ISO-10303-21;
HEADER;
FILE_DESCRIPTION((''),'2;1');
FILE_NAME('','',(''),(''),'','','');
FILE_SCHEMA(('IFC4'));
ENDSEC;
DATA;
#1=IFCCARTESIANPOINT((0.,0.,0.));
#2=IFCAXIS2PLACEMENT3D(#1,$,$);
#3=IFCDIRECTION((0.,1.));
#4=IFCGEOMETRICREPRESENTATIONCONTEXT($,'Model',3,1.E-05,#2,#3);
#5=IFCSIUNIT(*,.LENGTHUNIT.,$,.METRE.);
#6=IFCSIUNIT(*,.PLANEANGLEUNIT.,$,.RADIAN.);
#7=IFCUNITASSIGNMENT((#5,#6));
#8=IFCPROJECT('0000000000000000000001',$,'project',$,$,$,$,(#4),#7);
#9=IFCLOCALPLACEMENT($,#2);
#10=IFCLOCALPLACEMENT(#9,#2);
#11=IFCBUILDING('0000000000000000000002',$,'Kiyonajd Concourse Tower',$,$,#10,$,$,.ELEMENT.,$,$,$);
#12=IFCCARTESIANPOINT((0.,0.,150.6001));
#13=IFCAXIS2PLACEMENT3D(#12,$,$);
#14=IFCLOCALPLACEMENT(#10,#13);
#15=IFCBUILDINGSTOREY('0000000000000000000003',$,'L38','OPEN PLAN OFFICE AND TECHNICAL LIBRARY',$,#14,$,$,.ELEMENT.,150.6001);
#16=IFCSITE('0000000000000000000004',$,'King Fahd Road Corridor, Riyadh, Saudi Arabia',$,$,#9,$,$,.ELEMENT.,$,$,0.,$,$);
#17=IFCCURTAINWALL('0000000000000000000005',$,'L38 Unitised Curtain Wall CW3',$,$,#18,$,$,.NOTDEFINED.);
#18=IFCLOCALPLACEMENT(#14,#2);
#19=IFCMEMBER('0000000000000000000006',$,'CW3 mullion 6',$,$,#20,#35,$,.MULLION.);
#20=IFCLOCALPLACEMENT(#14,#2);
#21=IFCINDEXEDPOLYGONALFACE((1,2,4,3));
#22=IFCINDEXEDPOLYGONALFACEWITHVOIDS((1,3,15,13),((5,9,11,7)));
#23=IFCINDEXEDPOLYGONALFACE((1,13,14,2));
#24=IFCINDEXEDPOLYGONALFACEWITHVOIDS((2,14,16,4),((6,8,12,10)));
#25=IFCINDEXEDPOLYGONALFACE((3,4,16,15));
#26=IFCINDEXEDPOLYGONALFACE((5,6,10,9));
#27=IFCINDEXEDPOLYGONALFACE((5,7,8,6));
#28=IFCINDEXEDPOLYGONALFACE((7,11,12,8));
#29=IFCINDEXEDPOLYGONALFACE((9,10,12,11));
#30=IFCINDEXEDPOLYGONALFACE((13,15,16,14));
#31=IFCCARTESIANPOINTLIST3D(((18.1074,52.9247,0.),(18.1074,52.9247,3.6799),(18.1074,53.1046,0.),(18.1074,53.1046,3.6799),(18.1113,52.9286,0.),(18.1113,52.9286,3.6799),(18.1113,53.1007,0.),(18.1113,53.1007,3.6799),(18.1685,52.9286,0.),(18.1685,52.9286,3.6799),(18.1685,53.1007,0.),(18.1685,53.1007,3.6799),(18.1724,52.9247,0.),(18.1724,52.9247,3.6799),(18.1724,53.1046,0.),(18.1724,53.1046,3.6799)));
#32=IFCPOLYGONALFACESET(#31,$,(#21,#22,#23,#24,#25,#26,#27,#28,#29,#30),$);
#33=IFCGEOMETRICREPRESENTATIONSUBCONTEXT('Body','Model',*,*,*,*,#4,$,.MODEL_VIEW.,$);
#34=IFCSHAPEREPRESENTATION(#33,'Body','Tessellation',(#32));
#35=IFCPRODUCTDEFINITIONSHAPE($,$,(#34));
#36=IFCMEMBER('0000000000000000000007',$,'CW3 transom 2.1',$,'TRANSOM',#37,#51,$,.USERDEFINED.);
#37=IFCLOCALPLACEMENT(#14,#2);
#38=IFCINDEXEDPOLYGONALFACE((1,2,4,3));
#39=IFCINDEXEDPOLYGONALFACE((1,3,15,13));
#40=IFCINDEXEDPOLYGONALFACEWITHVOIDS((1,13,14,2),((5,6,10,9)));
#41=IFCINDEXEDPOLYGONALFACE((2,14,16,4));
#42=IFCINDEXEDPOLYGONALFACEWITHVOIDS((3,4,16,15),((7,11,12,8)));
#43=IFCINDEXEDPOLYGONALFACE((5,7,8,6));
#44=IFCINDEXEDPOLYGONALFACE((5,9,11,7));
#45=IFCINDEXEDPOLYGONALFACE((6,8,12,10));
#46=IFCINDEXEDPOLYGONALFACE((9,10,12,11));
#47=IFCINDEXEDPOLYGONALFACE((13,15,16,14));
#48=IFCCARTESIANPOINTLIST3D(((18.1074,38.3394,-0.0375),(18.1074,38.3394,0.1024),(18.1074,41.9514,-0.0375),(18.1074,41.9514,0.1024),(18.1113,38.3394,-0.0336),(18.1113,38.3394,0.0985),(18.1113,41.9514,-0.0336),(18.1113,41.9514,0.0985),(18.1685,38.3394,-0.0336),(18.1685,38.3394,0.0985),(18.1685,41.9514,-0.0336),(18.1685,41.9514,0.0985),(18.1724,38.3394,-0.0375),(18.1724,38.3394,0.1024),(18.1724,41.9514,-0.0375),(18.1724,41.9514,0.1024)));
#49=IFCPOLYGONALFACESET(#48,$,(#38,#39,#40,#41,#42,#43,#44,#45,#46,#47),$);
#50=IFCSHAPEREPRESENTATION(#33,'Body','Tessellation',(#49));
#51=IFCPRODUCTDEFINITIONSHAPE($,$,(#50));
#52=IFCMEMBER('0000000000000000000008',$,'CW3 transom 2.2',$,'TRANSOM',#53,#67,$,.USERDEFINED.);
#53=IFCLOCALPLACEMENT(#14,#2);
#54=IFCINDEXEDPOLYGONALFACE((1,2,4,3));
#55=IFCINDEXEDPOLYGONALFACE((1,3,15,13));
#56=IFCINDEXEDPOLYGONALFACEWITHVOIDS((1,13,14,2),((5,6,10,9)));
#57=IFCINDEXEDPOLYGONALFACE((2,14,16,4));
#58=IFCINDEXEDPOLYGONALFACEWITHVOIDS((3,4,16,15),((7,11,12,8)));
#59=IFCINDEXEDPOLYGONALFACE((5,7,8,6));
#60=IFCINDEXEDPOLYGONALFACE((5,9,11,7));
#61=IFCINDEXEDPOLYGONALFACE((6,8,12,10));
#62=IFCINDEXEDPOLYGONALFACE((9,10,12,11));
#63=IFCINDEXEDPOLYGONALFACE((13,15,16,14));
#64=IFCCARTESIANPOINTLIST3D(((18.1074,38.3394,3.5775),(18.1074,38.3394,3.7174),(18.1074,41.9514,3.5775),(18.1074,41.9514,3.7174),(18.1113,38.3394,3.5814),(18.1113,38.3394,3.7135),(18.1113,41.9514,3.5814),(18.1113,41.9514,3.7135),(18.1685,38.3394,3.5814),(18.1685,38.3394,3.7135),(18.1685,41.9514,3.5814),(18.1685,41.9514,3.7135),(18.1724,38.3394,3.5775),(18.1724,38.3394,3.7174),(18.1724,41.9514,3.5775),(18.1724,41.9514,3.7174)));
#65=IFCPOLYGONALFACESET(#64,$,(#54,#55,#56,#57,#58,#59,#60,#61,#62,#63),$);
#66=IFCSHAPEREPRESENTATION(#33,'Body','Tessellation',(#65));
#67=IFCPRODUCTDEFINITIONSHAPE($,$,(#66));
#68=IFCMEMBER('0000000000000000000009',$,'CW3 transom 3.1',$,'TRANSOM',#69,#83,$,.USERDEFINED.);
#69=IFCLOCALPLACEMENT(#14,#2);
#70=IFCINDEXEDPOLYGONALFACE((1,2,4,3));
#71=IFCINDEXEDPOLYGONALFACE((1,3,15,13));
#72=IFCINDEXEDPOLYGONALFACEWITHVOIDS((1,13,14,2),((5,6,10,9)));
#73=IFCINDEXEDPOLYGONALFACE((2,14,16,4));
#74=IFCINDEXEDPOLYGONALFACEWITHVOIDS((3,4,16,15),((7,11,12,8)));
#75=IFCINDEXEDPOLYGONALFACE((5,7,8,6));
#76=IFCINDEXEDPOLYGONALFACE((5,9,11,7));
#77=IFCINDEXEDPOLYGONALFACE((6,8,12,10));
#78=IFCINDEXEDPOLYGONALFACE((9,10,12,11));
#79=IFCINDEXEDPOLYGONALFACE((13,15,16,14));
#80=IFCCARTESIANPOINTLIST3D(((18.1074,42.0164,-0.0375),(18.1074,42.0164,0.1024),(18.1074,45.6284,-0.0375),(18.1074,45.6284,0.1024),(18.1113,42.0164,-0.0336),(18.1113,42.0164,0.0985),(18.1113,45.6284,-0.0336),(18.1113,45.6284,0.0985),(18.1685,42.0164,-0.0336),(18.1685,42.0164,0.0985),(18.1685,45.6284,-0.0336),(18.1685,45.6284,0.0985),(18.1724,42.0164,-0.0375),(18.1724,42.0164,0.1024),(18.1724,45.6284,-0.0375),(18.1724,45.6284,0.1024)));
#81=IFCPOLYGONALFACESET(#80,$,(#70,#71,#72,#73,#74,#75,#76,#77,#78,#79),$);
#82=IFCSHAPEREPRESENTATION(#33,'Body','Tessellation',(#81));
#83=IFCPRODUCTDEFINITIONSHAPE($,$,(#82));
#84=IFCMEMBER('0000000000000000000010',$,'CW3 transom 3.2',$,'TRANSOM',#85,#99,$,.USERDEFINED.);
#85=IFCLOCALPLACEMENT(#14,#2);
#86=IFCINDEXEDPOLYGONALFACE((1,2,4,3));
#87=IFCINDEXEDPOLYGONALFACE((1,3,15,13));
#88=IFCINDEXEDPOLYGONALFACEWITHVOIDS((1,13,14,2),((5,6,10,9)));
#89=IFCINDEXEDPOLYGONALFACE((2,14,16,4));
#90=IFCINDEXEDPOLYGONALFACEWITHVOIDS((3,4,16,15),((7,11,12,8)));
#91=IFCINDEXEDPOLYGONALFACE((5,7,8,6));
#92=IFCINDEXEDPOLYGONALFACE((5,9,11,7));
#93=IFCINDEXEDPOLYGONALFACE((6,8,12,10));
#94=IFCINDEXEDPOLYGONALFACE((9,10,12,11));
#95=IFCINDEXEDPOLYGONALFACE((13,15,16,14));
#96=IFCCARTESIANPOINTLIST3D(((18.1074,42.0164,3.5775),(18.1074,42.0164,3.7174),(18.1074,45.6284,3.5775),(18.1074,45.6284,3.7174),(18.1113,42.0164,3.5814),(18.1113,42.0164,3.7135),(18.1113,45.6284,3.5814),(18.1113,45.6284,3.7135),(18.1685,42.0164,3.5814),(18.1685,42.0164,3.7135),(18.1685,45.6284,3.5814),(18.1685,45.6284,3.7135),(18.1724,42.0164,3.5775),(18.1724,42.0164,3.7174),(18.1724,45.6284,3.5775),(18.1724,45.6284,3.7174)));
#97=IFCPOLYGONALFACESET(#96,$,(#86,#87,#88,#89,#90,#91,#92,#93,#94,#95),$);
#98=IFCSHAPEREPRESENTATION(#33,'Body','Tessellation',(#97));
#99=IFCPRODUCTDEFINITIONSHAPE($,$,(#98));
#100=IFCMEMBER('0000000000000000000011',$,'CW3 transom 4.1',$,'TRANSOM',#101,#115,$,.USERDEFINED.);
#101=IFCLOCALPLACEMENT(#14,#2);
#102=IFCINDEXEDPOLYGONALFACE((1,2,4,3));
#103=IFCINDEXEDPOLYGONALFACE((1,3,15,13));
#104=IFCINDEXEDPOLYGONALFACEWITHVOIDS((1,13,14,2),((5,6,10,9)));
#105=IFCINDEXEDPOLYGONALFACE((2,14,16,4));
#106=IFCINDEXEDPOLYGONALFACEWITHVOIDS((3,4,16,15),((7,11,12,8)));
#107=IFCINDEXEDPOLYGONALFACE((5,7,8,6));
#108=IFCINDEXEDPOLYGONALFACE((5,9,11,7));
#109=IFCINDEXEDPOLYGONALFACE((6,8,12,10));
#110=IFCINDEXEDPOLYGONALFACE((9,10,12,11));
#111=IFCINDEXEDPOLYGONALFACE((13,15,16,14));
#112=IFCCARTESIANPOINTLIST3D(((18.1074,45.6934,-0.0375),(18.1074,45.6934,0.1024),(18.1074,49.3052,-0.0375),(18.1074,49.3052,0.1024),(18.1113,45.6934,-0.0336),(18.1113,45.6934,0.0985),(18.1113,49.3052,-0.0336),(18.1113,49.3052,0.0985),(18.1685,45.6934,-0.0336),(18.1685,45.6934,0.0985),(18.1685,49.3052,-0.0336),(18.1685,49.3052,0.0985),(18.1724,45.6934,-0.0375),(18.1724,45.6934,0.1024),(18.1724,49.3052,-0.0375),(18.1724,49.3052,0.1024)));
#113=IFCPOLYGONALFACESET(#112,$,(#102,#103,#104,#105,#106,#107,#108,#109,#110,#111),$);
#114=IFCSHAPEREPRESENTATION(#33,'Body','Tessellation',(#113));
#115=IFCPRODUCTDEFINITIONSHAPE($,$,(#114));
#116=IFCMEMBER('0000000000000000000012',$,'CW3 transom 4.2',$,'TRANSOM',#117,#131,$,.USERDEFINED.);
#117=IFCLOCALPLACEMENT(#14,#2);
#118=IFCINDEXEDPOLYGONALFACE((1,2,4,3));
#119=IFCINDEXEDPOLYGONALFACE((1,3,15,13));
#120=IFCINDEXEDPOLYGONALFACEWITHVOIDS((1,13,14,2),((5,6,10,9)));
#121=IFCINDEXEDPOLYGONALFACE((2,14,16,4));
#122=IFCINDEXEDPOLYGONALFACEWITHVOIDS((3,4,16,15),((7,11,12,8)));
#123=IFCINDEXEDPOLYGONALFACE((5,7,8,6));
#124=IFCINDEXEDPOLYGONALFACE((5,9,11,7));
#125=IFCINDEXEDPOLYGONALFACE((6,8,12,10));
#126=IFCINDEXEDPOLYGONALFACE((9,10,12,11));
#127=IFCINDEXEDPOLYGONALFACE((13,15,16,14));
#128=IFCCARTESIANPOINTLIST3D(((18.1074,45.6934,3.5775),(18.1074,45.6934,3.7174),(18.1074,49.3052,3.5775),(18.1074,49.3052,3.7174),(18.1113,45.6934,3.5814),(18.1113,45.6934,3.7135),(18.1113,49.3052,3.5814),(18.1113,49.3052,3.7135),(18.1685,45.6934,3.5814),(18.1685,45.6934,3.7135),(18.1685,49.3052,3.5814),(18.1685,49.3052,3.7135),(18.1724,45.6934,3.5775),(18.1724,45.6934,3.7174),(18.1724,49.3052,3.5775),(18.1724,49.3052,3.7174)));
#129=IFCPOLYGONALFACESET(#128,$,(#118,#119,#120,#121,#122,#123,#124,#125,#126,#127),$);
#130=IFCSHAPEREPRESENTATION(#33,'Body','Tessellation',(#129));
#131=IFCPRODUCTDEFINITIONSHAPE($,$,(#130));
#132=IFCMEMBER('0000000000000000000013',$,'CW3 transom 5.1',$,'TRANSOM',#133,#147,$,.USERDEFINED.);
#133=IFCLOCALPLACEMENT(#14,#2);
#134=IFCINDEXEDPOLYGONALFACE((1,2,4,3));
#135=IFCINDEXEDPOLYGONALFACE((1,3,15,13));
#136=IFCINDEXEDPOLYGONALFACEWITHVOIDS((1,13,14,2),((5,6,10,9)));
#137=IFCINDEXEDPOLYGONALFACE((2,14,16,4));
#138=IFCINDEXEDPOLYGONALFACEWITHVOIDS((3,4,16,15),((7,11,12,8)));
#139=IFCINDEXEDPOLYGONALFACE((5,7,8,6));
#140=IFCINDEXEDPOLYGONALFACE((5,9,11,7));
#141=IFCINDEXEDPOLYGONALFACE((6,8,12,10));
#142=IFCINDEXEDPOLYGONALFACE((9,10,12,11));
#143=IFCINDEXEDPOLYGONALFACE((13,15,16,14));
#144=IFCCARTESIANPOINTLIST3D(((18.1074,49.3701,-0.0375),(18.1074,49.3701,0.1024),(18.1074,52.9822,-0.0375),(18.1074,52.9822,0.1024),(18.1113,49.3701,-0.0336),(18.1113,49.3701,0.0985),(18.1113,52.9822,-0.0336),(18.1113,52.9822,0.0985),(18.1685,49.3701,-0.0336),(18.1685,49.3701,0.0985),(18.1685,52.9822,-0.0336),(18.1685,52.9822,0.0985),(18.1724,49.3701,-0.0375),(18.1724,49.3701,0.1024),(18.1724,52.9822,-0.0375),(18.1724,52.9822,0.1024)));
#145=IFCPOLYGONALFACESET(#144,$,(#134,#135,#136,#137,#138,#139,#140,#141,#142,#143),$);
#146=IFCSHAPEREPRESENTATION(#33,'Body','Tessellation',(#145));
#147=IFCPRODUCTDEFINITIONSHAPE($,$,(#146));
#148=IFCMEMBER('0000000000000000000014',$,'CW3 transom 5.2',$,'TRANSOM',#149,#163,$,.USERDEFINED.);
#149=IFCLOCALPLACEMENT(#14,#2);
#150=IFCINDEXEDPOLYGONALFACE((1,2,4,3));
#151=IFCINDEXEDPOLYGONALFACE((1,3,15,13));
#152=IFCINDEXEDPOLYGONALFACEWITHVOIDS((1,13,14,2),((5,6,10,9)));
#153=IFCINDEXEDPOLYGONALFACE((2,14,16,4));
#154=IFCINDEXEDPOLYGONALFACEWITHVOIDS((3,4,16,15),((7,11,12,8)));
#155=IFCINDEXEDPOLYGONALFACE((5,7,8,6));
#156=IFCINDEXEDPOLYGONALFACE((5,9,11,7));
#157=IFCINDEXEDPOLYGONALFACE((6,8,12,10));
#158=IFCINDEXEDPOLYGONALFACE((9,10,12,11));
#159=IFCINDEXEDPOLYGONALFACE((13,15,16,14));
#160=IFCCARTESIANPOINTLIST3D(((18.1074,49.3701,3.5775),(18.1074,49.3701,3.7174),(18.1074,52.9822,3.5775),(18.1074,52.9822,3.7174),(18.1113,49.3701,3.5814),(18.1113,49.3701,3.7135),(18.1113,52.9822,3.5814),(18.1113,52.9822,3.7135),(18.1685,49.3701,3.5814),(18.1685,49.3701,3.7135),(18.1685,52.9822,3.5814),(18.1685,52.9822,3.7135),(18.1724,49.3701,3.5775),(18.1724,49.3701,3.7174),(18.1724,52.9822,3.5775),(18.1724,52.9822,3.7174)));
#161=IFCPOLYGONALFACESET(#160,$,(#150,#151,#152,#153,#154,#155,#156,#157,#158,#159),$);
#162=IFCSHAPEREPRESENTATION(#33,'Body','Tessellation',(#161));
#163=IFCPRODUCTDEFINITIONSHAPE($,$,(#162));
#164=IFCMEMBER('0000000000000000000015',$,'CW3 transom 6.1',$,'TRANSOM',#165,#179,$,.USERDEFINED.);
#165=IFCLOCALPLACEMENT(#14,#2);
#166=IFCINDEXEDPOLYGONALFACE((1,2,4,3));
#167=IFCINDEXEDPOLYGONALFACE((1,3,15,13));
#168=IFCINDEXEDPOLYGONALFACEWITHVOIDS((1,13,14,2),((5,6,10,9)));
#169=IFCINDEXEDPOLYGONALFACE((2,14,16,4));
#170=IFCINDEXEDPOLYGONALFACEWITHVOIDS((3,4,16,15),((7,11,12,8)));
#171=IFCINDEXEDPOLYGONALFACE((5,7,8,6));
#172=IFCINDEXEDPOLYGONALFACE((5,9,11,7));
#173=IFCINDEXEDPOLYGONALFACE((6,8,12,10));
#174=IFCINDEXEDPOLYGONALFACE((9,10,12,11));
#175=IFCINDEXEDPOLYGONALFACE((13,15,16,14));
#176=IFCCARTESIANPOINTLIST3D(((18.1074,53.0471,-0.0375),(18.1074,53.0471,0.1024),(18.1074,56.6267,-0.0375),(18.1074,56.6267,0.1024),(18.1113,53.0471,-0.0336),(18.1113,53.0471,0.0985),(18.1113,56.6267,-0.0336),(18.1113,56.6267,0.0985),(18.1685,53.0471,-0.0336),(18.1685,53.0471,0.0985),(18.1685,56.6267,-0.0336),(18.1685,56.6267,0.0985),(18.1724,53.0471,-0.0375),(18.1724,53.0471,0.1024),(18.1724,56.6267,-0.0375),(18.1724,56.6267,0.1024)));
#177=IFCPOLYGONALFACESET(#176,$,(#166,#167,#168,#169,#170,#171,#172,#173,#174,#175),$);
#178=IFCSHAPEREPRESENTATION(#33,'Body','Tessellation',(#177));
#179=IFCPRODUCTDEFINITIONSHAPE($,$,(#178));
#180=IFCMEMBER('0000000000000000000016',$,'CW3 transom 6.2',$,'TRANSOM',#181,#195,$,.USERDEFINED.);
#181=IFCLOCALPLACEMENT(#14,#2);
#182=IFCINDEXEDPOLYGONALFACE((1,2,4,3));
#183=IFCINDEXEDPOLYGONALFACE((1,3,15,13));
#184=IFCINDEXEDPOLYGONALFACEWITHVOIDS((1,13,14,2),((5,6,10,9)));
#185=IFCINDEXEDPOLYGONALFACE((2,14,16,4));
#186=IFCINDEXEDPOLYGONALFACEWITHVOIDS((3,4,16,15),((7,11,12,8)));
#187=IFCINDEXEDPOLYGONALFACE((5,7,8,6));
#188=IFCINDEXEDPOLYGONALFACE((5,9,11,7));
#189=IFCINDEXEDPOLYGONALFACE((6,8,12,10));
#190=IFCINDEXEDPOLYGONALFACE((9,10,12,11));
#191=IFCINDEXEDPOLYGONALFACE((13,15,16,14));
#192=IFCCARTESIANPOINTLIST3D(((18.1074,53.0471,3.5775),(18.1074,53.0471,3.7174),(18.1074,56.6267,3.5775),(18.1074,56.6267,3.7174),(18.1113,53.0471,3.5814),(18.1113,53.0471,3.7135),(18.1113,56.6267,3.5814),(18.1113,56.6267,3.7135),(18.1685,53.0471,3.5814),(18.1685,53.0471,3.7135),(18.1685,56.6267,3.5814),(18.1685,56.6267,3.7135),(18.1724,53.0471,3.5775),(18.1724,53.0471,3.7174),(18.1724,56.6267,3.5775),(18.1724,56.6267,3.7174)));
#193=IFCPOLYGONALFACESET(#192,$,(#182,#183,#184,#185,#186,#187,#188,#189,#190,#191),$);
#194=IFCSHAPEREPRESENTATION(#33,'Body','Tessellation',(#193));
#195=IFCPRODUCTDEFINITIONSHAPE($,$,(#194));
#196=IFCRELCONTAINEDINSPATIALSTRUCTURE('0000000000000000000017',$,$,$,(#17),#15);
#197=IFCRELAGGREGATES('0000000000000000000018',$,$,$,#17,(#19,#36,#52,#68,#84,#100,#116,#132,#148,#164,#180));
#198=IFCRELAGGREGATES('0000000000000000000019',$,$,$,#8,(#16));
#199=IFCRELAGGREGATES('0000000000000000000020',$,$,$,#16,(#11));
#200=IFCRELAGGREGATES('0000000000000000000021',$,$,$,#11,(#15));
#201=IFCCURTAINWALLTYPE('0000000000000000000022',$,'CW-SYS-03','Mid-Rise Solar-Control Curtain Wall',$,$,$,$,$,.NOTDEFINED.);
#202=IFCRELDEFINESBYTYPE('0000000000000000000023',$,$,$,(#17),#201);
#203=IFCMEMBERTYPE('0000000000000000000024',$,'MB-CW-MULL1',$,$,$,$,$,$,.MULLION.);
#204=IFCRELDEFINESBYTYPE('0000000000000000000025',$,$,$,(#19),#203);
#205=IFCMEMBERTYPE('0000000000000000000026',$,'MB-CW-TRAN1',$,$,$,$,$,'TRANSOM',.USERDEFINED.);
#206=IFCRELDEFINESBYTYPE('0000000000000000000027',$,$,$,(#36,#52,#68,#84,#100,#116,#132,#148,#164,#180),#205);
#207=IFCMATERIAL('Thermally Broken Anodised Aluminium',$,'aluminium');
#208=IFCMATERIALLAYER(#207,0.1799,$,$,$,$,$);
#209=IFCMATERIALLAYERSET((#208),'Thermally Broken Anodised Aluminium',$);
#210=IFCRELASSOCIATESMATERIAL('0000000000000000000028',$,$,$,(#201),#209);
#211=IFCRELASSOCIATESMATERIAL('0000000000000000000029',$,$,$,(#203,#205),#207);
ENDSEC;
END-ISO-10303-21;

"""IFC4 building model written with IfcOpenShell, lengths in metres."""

from ifc_helpers import new_model, si_unit, direction, frame, origin, origin_2d, place, context, subcontext, project, spatial, hollow_rectangle, extrude, material, layer, layer_set, material_profile, profile_set, type_object, element, aggregate, save


model = new_model("IFC4")

# Units and contexts
model_context = context("Model", 3, precision=1e-05, world=origin(), true_north=direction((0.0, 1.0)))
body_context = subcontext(model_context, "Body", "Model", "MODEL_VIEW")
ifc_project = project(units=[si_unit("LENGTHUNIT", "METRE"), si_unit("PLANEANGLEUNIT", "RADIAN")], contexts=[model_context])

# Site, building, storey
site_placement = place(None, origin())
site = spatial("IfcSite", under=ifc_project, at=site_placement, Name="King Fahd Road Corridor, Riyadh, Saudi Arabia", CompositionType="ELEMENT", RefElevation=0.0)
building_placement = place(site_placement, origin())
building = spatial("IfcBuilding", under=site, at=building_placement, Name="Kiyonajd Concourse Tower", CompositionType="ELEMENT")
storey_placement = place(building_placement, frame((0.0, 0.0, 150.6001)))
storey = spatial("IfcBuildingStorey", under=building, at=storey_placement, Name="L38", Description="OPEN PLAN OFFICE AND TECHNICAL LIBRARY", CompositionType="ELEMENT", Elevation=150.6001)

# Curtain wall, members
ifc_material_1 = material(Name="Thermally Broken Anodised Aluminium", Category="aluminium")
ifc_layer_1 = layer(ifc_material_1, 0.1799)
ifc_layer_set_1 = layer_set([ifc_layer_1], Name="Thermally Broken Anodised Aluminium")
curtain_wall_type = type_object("IfcCurtainWallType", Name="CW-SYS-03", Description="Mid-Rise Solar-Control Curtain Wall", PredefinedType="NOTDEFINED", material=ifc_layer_set_1)
curtain_wall_placement = place(storey_placement, origin())
curtain_wall = element("IfcCurtainWall", 1, at=curtain_wall_placement, inside=storey, type_object=curtain_wall_type, Name="L38 Unitised Curtain Wall CW3", PredefinedType="NOTDEFINED")
ifc_material_profile_1 = material_profile(ifc_material_1, hollow_rectangle(XDim=0.0649, YDim=0.1799, WallThickness=0.0039, at=origin_2d()), Name="MULL-65x180")
ifc_profile_set_1 = profile_set([ifc_material_profile_1], Name="Thermally Broken Anodised Aluminium")
member_type_1 = type_object("IfcMemberType", Name="MB-CW-MULL1", PredefinedType="MULLION", material=ifc_profile_set_1)
member_1_placement = place(storey_placement, frame((18.1399, 53.0146, 0.0), z_axis=(0.0, 0.0, 1.0), x_axis=(-1.0, 0.0, 0.0)))
member_1 = element("IfcMember", 2, at=member_1_placement, type_object=member_type_1, Name="CW3 mullion 6", PredefinedType="MULLION", context=body_context, shape_type="SweptSolid", body=[
    extrude(hollow_rectangle(XDim=0.0649, YDim=0.1799, WallThickness=0.0039, at=origin_2d()), origin(), (0.0, 0.0, 1.0), 3.6799),
])
ifc_material_profile_2 = material_profile(ifc_material_1, hollow_rectangle(XDim=0.0649, YDim=0.1399, WallThickness=0.0039, at=origin_2d()), Name="TRAN-65x140")
ifc_profile_set_2 = profile_set([ifc_material_profile_2], Name="Thermally Broken Anodised Aluminium")
member_type_2 = type_object("IfcMemberType", Name="MB-CW-TRAN1", ElementType="TRANSOM", PredefinedType="USERDEFINED", material=ifc_profile_set_2)
member_2_placement = place(storey_placement, frame((18.1399, 38.3394, 0.0325), z_axis=(0.0, 1.0, 0.0), x_axis=(-1.0, 0.0, 0.0)))
member_2 = element("IfcMember", 3, at=member_2_placement, type_object=member_type_2, Name="CW3 transom 2.1", ObjectType="TRANSOM", PredefinedType="USERDEFINED", context=body_context, shape_type="SweptSolid", body=[
    extrude(hollow_rectangle(XDim=0.0649, YDim=0.1399, WallThickness=0.0039, at=origin_2d()), origin(), (0.0, 0.0, 1.0), 3.6121),
])
member_3_placement = place(storey_placement, frame((18.1399, 38.3394, 3.6475), z_axis=(0.0, 1.0, 0.0), x_axis=(-1.0, 0.0, 0.0)))
member_3 = element("IfcMember", 4, at=member_3_placement, type_object=member_type_2, Name="CW3 transom 2.2", ObjectType="TRANSOM", PredefinedType="USERDEFINED", context=body_context, shape_type="SweptSolid", body=[
    extrude(hollow_rectangle(XDim=0.0649, YDim=0.1399, WallThickness=0.0039, at=origin_2d()), origin(), (0.0, 0.0, 1.0), 3.6121),
])
member_4_placement = place(storey_placement, frame((18.1399, 42.0164, 0.0325), z_axis=(0.0, 1.0, 0.0), x_axis=(-1.0, 0.0, 0.0)))
member_4 = element("IfcMember", 5, at=member_4_placement, type_object=member_type_2, Name="CW3 transom 3.1", ObjectType="TRANSOM", PredefinedType="USERDEFINED", context=body_context, shape_type="SweptSolid", body=[
    extrude(hollow_rectangle(XDim=0.0649, YDim=0.1399, WallThickness=0.0039, at=origin_2d()), origin(), (0.0, 0.0, 1.0), 3.6121),
])
member_5_placement = place(storey_placement, frame((18.1399, 42.0164, 3.6475), z_axis=(0.0, 1.0, 0.0), x_axis=(-1.0, 0.0, 0.0)))
member_5 = element("IfcMember", 6, at=member_5_placement, type_object=member_type_2, Name="CW3 transom 3.2", ObjectType="TRANSOM", PredefinedType="USERDEFINED", context=body_context, shape_type="SweptSolid", body=[
    extrude(hollow_rectangle(XDim=0.0649, YDim=0.1399, WallThickness=0.0039, at=origin_2d()), origin(), (0.0, 0.0, 1.0), 3.6121),
])
member_6_placement = place(storey_placement, frame((18.1399, 45.6934, 0.0325), z_axis=(0.0, 1.0, 0.0), x_axis=(-1.0, 0.0, 0.0)))
member_6 = element("IfcMember", 7, at=member_6_placement, type_object=member_type_2, Name="CW3 transom 4.1", ObjectType="TRANSOM", PredefinedType="USERDEFINED", context=body_context, shape_type="SweptSolid", body=[
    extrude(hollow_rectangle(XDim=0.0649, YDim=0.1399, WallThickness=0.0039, at=origin_2d()), origin(), (0.0, 0.0, 1.0), 3.6118),
])
member_7_placement = place(storey_placement, frame((18.1399, 45.6934, 3.6475), z_axis=(0.0, 1.0, 0.0), x_axis=(-1.0, 0.0, 0.0)))
member_7 = element("IfcMember", 8, at=member_7_placement, type_object=member_type_2, Name="CW3 transom 4.2", ObjectType="TRANSOM", PredefinedType="USERDEFINED", context=body_context, shape_type="SweptSolid", body=[
    extrude(hollow_rectangle(XDim=0.0649, YDim=0.1399, WallThickness=0.0039, at=origin_2d()), origin(), (0.0, 0.0, 1.0), 3.6118),
])
member_8_placement = place(storey_placement, frame((18.1399, 49.3701, 0.0325), z_axis=(0.0, 1.0, 0.0), x_axis=(-1.0, 0.0, 0.0)))
member_8 = element("IfcMember", 9, at=member_8_placement, type_object=member_type_2, Name="CW3 transom 5.1", ObjectType="TRANSOM", PredefinedType="USERDEFINED", context=body_context, shape_type="SweptSolid", body=[
    extrude(hollow_rectangle(XDim=0.0649, YDim=0.1399, WallThickness=0.0039, at=origin_2d()), origin(), (0.0, 0.0, 1.0), 3.6121),
])
member_9_placement = place(storey_placement, frame((18.1399, 49.3701, 3.6475), z_axis=(0.0, 1.0, 0.0), x_axis=(-1.0, 0.0, 0.0)))
member_9 = element("IfcMember", 10, at=member_9_placement, type_object=member_type_2, Name="CW3 transom 5.2", ObjectType="TRANSOM", PredefinedType="USERDEFINED", context=body_context, shape_type="SweptSolid", body=[
    extrude(hollow_rectangle(XDim=0.0649, YDim=0.1399, WallThickness=0.0039, at=origin_2d()), origin(), (0.0, 0.0, 1.0), 3.6121),
])
member_10_placement = place(storey_placement, frame((18.1399, 53.0471, 0.0325), z_axis=(0.0, 1.0, 0.0), x_axis=(-1.0, 0.0, 0.0)))
member_10 = element("IfcMember", 11, at=member_10_placement, type_object=member_type_2, Name="CW3 transom 6.1", ObjectType="TRANSOM", PredefinedType="USERDEFINED", context=body_context, shape_type="SweptSolid", body=[
    extrude(hollow_rectangle(XDim=0.0649, YDim=0.1399, WallThickness=0.0039, at=origin_2d()), origin(), (0.0, 0.0, 1.0), 3.5796),
])
member_11_placement = place(storey_placement, frame((18.1399, 53.0471, 3.6475), z_axis=(0.0, 1.0, 0.0), x_axis=(-1.0, 0.0, 0.0)))
member_11 = element("IfcMember", 12, at=member_11_placement, type_object=member_type_2, Name="CW3 transom 6.2", ObjectType="TRANSOM", PredefinedType="USERDEFINED", context=body_context, shape_type="SweptSolid", body=[
    extrude(hollow_rectangle(XDim=0.0649, YDim=0.1399, WallThickness=0.0039, at=origin_2d()), origin(), (0.0, 0.0, 1.0), 3.5796),
])
aggregate(curtain_wall, [member_1, member_2, member_3, member_4, member_5, member_6, member_7, member_8, member_9, member_10, member_11])

save(model, "model.ifc")
